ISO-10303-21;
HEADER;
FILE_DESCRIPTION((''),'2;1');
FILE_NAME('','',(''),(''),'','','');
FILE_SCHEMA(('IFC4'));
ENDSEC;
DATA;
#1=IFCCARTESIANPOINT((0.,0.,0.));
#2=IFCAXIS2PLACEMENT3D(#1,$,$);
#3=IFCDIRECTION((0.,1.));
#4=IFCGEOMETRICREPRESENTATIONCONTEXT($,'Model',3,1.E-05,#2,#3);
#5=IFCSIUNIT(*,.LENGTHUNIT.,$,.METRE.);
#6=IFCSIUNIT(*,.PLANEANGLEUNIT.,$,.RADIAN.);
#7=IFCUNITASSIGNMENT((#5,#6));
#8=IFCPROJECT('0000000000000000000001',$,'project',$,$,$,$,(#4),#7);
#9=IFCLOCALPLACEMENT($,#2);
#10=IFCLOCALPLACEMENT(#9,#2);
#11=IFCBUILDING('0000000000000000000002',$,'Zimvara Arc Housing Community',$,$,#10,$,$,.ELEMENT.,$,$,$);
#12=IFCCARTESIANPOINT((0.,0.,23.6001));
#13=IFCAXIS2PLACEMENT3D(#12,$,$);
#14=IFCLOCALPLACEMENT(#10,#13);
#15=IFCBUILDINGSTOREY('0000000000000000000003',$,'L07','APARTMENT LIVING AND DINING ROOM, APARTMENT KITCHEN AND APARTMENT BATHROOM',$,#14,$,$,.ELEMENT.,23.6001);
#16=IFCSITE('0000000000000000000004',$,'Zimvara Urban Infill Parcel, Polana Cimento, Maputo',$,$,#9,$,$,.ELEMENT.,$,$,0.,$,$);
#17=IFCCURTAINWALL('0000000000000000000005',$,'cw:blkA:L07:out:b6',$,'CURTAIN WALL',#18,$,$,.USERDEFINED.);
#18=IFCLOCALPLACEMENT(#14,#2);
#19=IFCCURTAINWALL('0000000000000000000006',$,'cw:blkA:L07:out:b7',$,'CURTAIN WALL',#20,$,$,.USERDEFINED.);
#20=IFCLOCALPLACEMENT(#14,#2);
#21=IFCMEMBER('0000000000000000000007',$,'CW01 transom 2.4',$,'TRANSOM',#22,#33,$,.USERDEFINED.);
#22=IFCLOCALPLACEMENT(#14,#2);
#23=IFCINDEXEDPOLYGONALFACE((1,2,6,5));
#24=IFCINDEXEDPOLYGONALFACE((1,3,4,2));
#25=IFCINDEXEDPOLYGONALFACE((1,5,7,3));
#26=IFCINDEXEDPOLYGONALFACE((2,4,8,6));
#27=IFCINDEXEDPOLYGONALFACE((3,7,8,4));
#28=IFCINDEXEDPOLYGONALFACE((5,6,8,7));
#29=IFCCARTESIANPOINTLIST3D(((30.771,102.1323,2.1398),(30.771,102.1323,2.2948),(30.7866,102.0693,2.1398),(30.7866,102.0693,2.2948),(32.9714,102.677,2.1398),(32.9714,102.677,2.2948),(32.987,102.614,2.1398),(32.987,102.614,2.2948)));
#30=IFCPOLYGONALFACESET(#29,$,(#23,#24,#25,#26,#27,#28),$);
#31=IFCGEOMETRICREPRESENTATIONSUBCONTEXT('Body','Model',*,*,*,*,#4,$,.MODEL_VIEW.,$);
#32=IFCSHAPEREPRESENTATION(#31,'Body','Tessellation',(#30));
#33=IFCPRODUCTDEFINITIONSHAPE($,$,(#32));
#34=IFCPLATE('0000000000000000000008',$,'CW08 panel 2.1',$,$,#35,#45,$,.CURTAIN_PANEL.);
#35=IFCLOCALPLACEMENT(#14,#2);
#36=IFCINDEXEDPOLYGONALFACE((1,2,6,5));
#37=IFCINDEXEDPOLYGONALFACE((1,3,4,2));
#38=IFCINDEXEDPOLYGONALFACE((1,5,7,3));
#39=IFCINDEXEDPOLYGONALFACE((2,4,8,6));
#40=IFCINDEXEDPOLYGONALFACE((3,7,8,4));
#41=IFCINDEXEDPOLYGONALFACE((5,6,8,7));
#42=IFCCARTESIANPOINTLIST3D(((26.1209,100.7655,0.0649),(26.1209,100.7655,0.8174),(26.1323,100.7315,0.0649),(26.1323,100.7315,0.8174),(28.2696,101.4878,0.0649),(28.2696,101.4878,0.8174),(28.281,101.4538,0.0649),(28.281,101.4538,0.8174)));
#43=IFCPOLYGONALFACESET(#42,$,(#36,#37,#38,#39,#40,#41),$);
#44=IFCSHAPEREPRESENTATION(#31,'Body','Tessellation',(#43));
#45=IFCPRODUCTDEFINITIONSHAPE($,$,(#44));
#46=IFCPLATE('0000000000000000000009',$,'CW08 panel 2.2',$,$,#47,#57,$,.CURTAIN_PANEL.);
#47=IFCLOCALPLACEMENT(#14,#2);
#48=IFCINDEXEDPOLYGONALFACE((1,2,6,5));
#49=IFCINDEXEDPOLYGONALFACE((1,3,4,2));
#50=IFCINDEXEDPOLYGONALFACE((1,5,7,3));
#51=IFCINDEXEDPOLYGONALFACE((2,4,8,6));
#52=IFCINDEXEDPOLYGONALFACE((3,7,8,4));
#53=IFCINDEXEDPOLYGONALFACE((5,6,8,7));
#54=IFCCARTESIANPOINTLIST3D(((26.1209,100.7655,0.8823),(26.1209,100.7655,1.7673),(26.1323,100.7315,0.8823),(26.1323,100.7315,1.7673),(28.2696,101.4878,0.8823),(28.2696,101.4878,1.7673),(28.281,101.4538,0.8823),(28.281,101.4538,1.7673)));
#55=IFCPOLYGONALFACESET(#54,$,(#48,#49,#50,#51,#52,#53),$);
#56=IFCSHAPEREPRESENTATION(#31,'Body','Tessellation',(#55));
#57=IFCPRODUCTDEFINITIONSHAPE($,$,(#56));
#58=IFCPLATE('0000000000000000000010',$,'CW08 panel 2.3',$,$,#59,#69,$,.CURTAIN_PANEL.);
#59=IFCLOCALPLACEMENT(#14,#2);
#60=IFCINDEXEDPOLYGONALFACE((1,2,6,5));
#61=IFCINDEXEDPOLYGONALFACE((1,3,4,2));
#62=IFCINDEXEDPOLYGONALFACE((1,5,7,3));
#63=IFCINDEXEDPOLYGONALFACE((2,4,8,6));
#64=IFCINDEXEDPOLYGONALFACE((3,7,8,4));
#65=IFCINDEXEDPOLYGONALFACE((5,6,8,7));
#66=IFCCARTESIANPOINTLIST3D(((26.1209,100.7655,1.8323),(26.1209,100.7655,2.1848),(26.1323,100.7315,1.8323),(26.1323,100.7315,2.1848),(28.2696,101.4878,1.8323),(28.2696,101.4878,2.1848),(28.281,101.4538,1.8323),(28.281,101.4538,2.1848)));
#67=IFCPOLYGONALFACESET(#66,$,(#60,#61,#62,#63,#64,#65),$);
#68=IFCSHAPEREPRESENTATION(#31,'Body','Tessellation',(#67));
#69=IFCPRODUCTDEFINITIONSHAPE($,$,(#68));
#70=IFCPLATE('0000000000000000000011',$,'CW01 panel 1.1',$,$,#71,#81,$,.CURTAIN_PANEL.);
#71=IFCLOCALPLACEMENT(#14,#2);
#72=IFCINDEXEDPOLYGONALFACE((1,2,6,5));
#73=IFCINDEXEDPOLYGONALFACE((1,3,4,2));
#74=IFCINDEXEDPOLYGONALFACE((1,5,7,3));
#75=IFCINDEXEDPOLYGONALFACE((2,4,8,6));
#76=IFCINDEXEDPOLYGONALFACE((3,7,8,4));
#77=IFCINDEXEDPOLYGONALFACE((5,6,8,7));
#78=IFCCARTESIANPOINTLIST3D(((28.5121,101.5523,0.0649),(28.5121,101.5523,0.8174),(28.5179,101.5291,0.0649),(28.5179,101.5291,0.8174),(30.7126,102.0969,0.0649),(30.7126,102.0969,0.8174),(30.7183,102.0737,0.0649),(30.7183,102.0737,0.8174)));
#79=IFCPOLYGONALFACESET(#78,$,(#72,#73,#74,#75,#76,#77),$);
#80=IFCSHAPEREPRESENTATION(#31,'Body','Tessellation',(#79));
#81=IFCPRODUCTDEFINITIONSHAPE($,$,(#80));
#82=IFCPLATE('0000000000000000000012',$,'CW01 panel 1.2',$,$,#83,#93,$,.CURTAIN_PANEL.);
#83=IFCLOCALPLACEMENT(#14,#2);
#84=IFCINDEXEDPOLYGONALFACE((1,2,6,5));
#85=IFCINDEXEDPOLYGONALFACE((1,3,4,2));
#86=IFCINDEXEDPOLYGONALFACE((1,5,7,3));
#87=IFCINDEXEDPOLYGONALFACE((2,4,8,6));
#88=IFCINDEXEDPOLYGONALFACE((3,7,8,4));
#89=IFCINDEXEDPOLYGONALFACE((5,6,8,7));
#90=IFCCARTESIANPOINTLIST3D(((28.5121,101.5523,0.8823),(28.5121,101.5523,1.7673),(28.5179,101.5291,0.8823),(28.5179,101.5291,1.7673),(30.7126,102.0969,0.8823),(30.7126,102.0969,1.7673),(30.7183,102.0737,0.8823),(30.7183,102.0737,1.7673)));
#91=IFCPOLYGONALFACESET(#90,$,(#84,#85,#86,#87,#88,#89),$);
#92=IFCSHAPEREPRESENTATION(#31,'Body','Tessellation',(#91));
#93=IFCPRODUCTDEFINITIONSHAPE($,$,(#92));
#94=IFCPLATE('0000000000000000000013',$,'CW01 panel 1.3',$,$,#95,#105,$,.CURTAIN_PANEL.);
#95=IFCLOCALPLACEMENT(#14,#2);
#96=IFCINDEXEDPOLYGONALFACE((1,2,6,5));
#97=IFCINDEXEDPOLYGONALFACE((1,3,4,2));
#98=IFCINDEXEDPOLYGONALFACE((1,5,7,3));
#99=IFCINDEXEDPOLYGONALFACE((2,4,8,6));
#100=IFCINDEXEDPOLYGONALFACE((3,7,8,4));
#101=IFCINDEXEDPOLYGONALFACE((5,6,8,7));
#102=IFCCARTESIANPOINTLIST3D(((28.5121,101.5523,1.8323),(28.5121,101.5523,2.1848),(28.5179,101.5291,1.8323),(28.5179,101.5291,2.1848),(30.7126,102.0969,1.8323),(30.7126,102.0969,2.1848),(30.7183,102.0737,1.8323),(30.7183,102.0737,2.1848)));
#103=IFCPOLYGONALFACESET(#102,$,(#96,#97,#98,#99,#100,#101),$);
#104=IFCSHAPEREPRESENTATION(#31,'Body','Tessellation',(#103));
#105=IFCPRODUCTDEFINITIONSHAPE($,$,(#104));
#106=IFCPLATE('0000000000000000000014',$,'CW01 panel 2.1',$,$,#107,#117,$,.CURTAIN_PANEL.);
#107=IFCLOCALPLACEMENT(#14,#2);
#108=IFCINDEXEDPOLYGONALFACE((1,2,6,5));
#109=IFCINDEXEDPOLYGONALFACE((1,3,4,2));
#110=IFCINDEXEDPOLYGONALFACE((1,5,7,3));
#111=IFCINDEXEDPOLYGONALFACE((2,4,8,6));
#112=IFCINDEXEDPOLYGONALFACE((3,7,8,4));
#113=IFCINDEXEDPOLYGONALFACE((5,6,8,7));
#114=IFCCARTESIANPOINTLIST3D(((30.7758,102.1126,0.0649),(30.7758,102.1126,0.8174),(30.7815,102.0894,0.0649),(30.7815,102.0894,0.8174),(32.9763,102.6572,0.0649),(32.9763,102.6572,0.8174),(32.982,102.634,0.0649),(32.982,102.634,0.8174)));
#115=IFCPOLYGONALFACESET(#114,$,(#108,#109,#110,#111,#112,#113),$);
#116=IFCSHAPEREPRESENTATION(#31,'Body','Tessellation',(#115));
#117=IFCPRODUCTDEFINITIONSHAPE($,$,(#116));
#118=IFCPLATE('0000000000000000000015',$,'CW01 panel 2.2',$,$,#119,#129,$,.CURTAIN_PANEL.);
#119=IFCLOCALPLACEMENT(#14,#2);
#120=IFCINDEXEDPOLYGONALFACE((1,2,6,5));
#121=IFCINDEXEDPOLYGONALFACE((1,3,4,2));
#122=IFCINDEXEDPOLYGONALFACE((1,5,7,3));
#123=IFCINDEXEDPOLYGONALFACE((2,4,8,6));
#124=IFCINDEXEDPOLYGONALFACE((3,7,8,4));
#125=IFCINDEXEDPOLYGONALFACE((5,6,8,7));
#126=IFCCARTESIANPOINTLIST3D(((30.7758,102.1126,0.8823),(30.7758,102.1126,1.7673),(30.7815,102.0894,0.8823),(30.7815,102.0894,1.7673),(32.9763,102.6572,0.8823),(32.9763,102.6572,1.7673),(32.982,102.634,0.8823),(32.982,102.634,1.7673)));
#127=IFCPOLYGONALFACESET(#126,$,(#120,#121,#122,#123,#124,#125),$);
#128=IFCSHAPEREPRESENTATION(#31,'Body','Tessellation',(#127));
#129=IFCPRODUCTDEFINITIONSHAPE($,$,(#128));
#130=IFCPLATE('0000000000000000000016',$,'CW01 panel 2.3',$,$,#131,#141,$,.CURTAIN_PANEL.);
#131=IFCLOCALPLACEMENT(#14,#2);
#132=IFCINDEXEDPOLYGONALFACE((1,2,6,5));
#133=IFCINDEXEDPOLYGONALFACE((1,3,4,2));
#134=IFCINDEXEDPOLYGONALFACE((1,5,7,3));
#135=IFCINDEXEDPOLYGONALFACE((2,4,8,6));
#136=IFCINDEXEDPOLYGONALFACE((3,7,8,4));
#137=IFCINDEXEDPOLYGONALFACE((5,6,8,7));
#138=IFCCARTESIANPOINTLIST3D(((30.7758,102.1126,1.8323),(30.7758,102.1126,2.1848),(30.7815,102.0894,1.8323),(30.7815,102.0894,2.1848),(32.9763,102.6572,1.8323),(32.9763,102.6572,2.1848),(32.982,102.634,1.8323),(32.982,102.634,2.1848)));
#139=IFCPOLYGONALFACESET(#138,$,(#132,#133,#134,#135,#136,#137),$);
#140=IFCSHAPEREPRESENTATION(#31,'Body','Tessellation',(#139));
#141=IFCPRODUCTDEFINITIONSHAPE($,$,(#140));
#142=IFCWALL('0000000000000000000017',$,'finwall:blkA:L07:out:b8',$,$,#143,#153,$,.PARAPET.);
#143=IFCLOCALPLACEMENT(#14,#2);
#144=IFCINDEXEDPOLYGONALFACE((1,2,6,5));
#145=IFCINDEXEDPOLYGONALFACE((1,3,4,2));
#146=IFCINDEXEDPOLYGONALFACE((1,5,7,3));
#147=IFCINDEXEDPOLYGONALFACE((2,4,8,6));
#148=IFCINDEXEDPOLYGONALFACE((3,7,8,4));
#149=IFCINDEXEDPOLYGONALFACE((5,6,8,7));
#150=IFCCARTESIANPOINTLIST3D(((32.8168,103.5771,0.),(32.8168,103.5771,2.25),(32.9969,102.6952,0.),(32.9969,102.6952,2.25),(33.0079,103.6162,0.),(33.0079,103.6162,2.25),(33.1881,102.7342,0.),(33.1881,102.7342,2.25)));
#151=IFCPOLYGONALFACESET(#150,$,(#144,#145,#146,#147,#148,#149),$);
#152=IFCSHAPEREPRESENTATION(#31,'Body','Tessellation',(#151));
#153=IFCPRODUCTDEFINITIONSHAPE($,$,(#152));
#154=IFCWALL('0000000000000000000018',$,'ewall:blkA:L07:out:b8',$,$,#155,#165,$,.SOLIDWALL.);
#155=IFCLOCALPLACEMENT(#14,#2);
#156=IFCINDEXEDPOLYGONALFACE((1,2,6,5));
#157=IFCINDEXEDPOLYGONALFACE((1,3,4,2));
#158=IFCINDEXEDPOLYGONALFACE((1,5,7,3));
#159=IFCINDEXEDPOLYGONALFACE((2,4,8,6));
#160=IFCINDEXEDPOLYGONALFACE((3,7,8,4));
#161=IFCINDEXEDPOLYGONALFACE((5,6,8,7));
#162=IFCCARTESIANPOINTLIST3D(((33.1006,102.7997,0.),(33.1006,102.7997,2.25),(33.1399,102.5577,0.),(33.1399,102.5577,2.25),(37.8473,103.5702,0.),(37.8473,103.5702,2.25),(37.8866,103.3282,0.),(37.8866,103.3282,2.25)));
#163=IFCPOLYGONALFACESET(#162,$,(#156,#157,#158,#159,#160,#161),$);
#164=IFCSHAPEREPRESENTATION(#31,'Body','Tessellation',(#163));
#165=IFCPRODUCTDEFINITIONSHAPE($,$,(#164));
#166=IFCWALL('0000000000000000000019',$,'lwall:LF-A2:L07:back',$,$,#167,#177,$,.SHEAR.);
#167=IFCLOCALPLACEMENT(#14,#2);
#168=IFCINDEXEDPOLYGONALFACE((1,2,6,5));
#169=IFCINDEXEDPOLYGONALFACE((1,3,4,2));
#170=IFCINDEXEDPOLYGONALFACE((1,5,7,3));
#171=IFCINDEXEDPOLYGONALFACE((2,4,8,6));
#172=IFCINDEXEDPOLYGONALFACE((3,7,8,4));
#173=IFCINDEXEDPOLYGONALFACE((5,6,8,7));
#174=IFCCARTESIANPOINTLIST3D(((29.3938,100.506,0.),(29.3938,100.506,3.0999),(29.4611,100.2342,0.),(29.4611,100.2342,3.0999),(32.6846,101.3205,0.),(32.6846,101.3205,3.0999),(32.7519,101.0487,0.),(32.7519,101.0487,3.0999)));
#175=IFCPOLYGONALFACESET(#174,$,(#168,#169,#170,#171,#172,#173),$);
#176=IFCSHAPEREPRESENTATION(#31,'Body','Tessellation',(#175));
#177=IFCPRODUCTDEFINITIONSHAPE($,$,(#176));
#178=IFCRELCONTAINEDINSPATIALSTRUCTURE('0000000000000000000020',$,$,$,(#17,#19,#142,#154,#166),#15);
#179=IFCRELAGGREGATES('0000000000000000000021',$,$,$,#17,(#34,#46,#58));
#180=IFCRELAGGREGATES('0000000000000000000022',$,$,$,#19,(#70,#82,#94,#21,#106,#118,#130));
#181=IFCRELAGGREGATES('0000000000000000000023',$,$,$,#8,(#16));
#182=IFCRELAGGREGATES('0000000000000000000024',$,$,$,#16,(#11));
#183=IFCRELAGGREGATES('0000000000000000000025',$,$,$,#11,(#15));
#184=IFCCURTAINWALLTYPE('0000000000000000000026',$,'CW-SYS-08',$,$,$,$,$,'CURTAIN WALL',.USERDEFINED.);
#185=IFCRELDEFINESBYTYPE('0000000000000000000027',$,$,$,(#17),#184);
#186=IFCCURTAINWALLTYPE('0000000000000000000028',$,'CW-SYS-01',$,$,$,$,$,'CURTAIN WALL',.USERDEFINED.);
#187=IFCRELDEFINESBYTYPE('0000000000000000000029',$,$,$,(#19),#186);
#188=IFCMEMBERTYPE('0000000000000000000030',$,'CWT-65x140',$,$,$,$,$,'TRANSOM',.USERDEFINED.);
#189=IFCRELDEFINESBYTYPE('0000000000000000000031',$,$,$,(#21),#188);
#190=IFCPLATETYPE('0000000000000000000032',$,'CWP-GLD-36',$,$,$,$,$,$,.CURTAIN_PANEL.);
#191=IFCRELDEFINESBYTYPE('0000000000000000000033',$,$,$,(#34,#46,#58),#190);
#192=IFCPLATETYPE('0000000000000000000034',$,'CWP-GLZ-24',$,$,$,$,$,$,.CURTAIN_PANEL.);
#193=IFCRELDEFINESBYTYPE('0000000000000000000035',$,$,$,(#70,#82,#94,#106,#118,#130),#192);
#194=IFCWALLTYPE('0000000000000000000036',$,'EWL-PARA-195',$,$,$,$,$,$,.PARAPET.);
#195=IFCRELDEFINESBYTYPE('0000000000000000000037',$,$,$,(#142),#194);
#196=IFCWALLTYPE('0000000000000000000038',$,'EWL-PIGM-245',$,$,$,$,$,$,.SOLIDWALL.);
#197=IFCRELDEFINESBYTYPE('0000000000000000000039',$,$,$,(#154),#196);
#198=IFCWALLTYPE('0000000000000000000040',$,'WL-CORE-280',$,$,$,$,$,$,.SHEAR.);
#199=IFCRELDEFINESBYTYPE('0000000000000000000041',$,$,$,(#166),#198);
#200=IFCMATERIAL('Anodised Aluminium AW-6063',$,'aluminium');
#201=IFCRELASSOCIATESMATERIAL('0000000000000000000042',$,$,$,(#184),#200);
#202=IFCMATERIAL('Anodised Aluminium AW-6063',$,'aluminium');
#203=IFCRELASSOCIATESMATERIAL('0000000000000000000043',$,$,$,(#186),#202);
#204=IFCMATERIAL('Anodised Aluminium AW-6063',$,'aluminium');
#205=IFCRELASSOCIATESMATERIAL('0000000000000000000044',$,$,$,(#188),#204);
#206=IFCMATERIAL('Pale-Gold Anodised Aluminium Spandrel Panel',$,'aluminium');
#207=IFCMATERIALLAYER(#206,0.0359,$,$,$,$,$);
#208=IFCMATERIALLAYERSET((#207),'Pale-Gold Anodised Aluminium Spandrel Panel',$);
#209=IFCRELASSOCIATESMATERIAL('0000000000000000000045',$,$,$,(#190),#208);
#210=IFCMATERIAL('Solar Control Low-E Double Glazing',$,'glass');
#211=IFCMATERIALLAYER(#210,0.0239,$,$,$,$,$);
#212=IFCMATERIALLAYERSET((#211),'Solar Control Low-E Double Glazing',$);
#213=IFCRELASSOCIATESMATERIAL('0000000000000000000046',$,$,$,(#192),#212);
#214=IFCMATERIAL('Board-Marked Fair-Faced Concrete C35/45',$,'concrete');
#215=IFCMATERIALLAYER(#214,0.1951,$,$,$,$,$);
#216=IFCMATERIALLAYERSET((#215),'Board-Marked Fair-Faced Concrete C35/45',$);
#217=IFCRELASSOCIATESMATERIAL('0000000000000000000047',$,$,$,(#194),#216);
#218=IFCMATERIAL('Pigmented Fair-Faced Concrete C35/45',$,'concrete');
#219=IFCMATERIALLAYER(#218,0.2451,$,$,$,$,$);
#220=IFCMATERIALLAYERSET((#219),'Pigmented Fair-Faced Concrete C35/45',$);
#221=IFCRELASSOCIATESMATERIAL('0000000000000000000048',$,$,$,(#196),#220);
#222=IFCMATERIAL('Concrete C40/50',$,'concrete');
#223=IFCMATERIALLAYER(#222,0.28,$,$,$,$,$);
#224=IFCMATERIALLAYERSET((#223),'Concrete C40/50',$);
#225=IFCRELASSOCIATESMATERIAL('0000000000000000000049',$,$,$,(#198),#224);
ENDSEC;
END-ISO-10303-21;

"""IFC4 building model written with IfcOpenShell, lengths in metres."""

from ifc_helpers import new_model, si_unit, direction, frame, frame_2d, origin, origin_2d, place, context, subcontext, project, spatial, rectangle, extrude, material, layer, layer_set, material_profile, profile_set, type_object, element, aggregate, save


model = new_model("IFC4")

# Units and contexts
model_context = context("Model", 3, precision=1e-05, world=origin(), true_north=direction((0.0, 1.0)))
body_context = subcontext(model_context, "Body", "Model", "MODEL_VIEW")
ifc_project = project(units=[si_unit("LENGTHUNIT", "METRE"), si_unit("PLANEANGLEUNIT", "RADIAN")], contexts=[model_context])

# Site, building, storey
site_placement = place(None, origin())
site = spatial("IfcSite", under=ifc_project, at=site_placement, Name="Zimvara Urban Infill Parcel, Polana Cimento, Maputo", CompositionType="ELEMENT", RefElevation=0.0)
building_placement = place(site_placement, origin())
building = spatial("IfcBuilding", under=site, at=building_placement, Name="Zimvara Arc Housing Community", CompositionType="ELEMENT")
storey_placement = place(building_placement, frame((0.0, 0.0, 23.6001)))
storey = spatial("IfcBuildingStorey", under=building, at=storey_placement, Name="L07", Description="APARTMENT LIVING AND DINING ROOM, APARTMENT KITCHEN AND APARTMENT BATHROOM", CompositionType="ELEMENT", Elevation=23.6001)

# Curtain wall
ifc_material_1 = material(Name="Anodised Aluminium AW-6063", Category="aluminium")
curtain_wall_type_1 = type_object("IfcCurtainWallType", Name="CW-SYS-08", ElementType="CURTAIN WALL", PredefinedType="USERDEFINED", material=ifc_material_1)
curtain_wall_1_placement = place(storey_placement, origin())
curtain_wall_1 = element("IfcCurtainWall", 1, at=curtain_wall_1_placement, inside=storey, type_object=curtain_wall_type_1, Name="cw:blkA:L07:out:b6", ObjectType="CURTAIN WALL", PredefinedType="USERDEFINED")

# Curtain wall, member
ifc_material_2 = material(Name="Anodised Aluminium AW-6063", Category="aluminium")
curtain_wall_type_2 = type_object("IfcCurtainWallType", Name="CW-SYS-01", ElementType="CURTAIN WALL", PredefinedType="USERDEFINED", material=ifc_material_2)
curtain_wall_2_placement = place(storey_placement, origin())
curtain_wall_2 = element("IfcCurtainWall", 2, at=curtain_wall_2_placement, inside=storey, type_object=curtain_wall_type_2, Name="cw:blkA:L07:out:b7", ObjectType="CURTAIN WALL", PredefinedType="USERDEFINED")
ifc_material_3 = material(Name="Anodised Aluminium AW-6063", Category="aluminium")
ifc_material_profile_1 = material_profile(ifc_material_3, rectangle(XDim=0.0649, YDim=0.155, at=origin_2d()), Name="ALU 65x155")
ifc_profile_set_1 = profile_set([ifc_material_profile_1], Name="Anodised Aluminium AW-6063")
member_type_1 = type_object("IfcMemberType", Name="CWT-65x140", ElementType="TRANSOM", PredefinedType="USERDEFINED", material=ifc_profile_set_1)
member_1_placement = place(storey_placement, frame((30.7788, 102.1008, 2.2173), z_axis=(0.970704, 0.24028, 0.0), x_axis=(-0.24028, 0.970704, 0.0)))
member_1 = element("IfcMember", 3, at=member_1_placement, type_object=member_type_1, Name="CW01 transom 2.4", ObjectType="TRANSOM", PredefinedType="USERDEFINED", context=body_context, shape_type="SweptSolid", body=[
    extrude(rectangle(XDim=0.0649, YDim=0.155, at=origin_2d()), origin(), (0.0, 0.0, 1.0), 2.2668),
])

# Plates
ifc_material_4 = material(Name="Pale-Gold Anodised Aluminium Spandrel Panel", Category="aluminium")
ifc_layer_1 = layer(ifc_material_4, 0.0359)
ifc_layer_set_1 = layer_set([ifc_layer_1], Name="Pale-Gold Anodised Aluminium Spandrel Panel")
plate_type_1 = type_object("IfcPlateType", Name="CWP-GLD-36", PredefinedType="CURTAIN_PANEL", material=ifc_layer_set_1)
plate_1_placement = place(storey_placement, frame((27.2009, 101.1096, 0.0649), z_axis=(0.0, 0.0, 1.0), x_axis=(0.94788, 0.318629, 0.0)))
plate_1 = element("IfcPlate", 4, at=plate_1_placement, type_object=plate_type_1, Name="CW08 panel 2.1", PredefinedType="CURTAIN_PANEL", context=body_context, shape_type="SweptSolid", body=[
    extrude(rectangle(XDim=2.2668, YDim=0.0359, at=origin_2d()), origin(), (0.0, 0.0, 1.0), 0.7524),
])
plate_2_placement = place(storey_placement, frame((27.2009, 101.1096, 0.8823), z_axis=(0.0, 0.0, 1.0), x_axis=(0.94788, 0.318629, 0.0)))
plate_2 = element("IfcPlate", 5, at=plate_2_placement, type_object=plate_type_1, Name="CW08 panel 2.2", PredefinedType="CURTAIN_PANEL", context=body_context, shape_type="SweptSolid", body=[
    extrude(rectangle(XDim=2.2668, YDim=0.0359, at=origin_2d()), origin(), (0.0, 0.0, 1.0), 0.885),
])
plate_3_placement = place(storey_placement, frame((27.2009, 101.1096, 1.8323), z_axis=(0.0, 0.0, 1.0), x_axis=(0.94788, 0.318629, 0.0)))
plate_3 = element("IfcPlate", 6, at=plate_3_placement, type_object=plate_type_1, Name="CW08 panel 2.3", PredefinedType="CURTAIN_PANEL", context=body_context, shape_type="SweptSolid", body=[
    extrude(rectangle(XDim=2.2668, YDim=0.0359, at=origin_2d()), origin(), (0.0, 0.0, 1.0), 0.3525),
])
aggregate(curtain_wall_1, [plate_1, plate_2, plate_3])
ifc_material_5 = material(Name="Solar Control Low-E Double Glazing", Category="glass")
ifc_layer_2 = layer(ifc_material_5, 0.0239)
ifc_layer_set_2 = layer_set([ifc_layer_2], Name="Solar Control Low-E Double Glazing")
plate_type_2 = type_object("IfcPlateType", Name="CWP-GLZ-24", PredefinedType="CURTAIN_PANEL", material=ifc_layer_set_2)
plate_4_placement = place(storey_placement, frame((29.6152, 101.813, 0.0649), z_axis=(0.0, 0.0, 1.0), x_axis=(0.970716, 0.24023, 0.0)))
plate_4 = element("IfcPlate", 7, at=plate_4_placement, type_object=plate_type_2, Name="CW01 panel 1.1", PredefinedType="CURTAIN_PANEL", context=body_context, shape_type="SweptSolid", body=[
    extrude(rectangle(XDim=2.2668, YDim=0.0239, at=origin_2d()), origin(), (0.0, 0.0, 1.0), 0.7524),
])
plate_5_placement = place(storey_placement, frame((29.6152, 101.813, 0.8823), z_axis=(0.0, 0.0, 1.0), x_axis=(0.970716, 0.24023, 0.0)))
plate_5 = element("IfcPlate", 8, at=plate_5_placement, type_object=plate_type_2, Name="CW01 panel 1.2", PredefinedType="CURTAIN_PANEL", context=body_context, shape_type="SweptSolid", body=[
    extrude(rectangle(XDim=2.2668, YDim=0.0239, at=origin_2d()), origin(), (0.0, 0.0, 1.0), 0.885),
])
plate_6_placement = place(storey_placement, frame((29.6152, 101.813, 1.8323), z_axis=(0.0, 0.0, 1.0), x_axis=(0.970716, 0.24023, 0.0)))
plate_6 = element("IfcPlate", 9, at=plate_6_placement, type_object=plate_type_2, Name="CW01 panel 1.3", PredefinedType="CURTAIN_PANEL", context=body_context, shape_type="SweptSolid", body=[
    extrude(rectangle(XDim=2.2668, YDim=0.0239, at=origin_2d()), origin(), (0.0, 0.0, 1.0), 0.3525),
])
plate_7_placement = place(storey_placement, frame((31.8789, 102.3733, 0.0649), z_axis=(0.0, 0.0, 1.0), x_axis=(0.970716, 0.24023, 0.0)))
plate_7 = element("IfcPlate", 10, at=plate_7_placement, type_object=plate_type_2, Name="CW01 panel 2.1", PredefinedType="CURTAIN_PANEL", context=body_context, shape_type="SweptSolid", body=[
    extrude(rectangle(XDim=2.2668, YDim=0.0239, at=origin_2d()), origin(), (0.0, 0.0, 1.0), 0.7524),
])
plate_8_placement = place(storey_placement, frame((31.8789, 102.3733, 0.8823), z_axis=(0.0, 0.0, 1.0), x_axis=(0.970716, 0.24023, 0.0)))
plate_8 = element("IfcPlate", 11, at=plate_8_placement, type_object=plate_type_2, Name="CW01 panel 2.2", PredefinedType="CURTAIN_PANEL", context=body_context, shape_type="SweptSolid", body=[
    extrude(rectangle(XDim=2.2668, YDim=0.0239, at=origin_2d()), origin(), (0.0, 0.0, 1.0), 0.885),
])
plate_9_placement = place(storey_placement, frame((31.8789, 102.3733, 1.8323), z_axis=(0.0, 0.0, 1.0), x_axis=(0.970716, 0.24023, 0.0)))
plate_9 = element("IfcPlate", 12, at=plate_9_placement, type_object=plate_type_2, Name="CW01 panel 2.3", PredefinedType="CURTAIN_PANEL", context=body_context, shape_type="SweptSolid", body=[
    extrude(rectangle(XDim=2.2668, YDim=0.0239, at=origin_2d()), origin(), (0.0, 0.0, 1.0), 0.3525),
])
aggregate(curtain_wall_2, [plate_4, plate_5, plate_6, member_1, plate_7, plate_8, plate_9])

# Walls
ifc_material_6 = material(Name="Board-Marked Fair-Faced Concrete C35/45", Category="concrete")
ifc_layer_3 = layer(ifc_material_6, 0.1951)
ifc_layer_set_3 = layer_set([ifc_layer_3], Name="Board-Marked Fair-Faced Concrete C35/45")
wall_type_1 = type_object("IfcWallType", Name="EWL-PARA-195", PredefinedType="PARAPET", material=ifc_layer_set_3)
wall_1_placement = place(storey_placement, frame((33.0925, 102.7146, 0.0), z_axis=(0.0, 0.0, 1.0), x_axis=(-0.200183, 0.979758, 0.0)))
element("IfcWall", 13, at=wall_1_placement, inside=storey, type_object=wall_type_1, Name="finwall:blkA:L07:out:b8", PredefinedType="PARAPET", context=body_context, shape_type="SweptSolid", body=[
    extrude(rectangle(XDim=0.9001, YDim=0.1951, at=frame_2d((0.4502, 0.0))), origin(), (0.0, 0.0, 1.0), 2.25),
])
ifc_material_7 = material(Name="Pigmented Fair-Faced Concrete C35/45", Category="concrete")
ifc_layer_4 = layer(ifc_material_7, 0.2451)
ifc_layer_set_4 = layer_set([ifc_layer_4], Name="Pigmented Fair-Faced Concrete C35/45")
wall_type_2 = type_object("IfcWallType", Name="EWL-PIGM-245", PredefinedType="SOLIDWALL", material=ifc_layer_set_4)
wall_2_placement = place(storey_placement, frame((33.1204, 102.6787, 0.0), z_axis=(0.0, 0.0, 1.0), x_axis=(0.987081, 0.160224, 0.0)))
element("IfcWall", 14, at=wall_2_placement, inside=storey, type_object=wall_type_2, Name="ewall:blkA:L07:out:b8", PredefinedType="SOLIDWALL", context=body_context, shape_type="SweptSolid", body=[
    extrude(rectangle(XDim=4.8088, YDim=0.2451, at=frame_2d((2.4043, 0.0))), origin(), (0.0, 0.0, 1.0), 2.25),
])
ifc_material_8 = material(Name="Concrete C40/50", Category="concrete")
ifc_layer_5 = layer(ifc_material_8, 0.28)
ifc_layer_set_5 = layer_set([ifc_layer_5], Name="Concrete C40/50")
wall_type_3 = type_object("IfcWallType", Name="WL-CORE-280", PredefinedType="SHEAR", material=ifc_layer_set_5)
wall_3_placement = place(storey_placement, frame((32.7183, 101.1846, 0.0), z_axis=(0.0, 0.0, 1.0), x_axis=(-0.970712, -0.240247, 0.0)))
element("IfcWall", 15, at=wall_3_placement, inside=storey, type_object=wall_type_3, Name="lwall:LF-A2:L07:back", PredefinedType="SHEAR", context=body_context, shape_type="SweptSolid", body=[
    extrude(rectangle(XDim=3.3901, YDim=0.28, at=frame_2d((1.6951, 0.0))), origin(), (0.0, 0.0, 1.0), 3.0999),
])

save(model, "model.ifc")
